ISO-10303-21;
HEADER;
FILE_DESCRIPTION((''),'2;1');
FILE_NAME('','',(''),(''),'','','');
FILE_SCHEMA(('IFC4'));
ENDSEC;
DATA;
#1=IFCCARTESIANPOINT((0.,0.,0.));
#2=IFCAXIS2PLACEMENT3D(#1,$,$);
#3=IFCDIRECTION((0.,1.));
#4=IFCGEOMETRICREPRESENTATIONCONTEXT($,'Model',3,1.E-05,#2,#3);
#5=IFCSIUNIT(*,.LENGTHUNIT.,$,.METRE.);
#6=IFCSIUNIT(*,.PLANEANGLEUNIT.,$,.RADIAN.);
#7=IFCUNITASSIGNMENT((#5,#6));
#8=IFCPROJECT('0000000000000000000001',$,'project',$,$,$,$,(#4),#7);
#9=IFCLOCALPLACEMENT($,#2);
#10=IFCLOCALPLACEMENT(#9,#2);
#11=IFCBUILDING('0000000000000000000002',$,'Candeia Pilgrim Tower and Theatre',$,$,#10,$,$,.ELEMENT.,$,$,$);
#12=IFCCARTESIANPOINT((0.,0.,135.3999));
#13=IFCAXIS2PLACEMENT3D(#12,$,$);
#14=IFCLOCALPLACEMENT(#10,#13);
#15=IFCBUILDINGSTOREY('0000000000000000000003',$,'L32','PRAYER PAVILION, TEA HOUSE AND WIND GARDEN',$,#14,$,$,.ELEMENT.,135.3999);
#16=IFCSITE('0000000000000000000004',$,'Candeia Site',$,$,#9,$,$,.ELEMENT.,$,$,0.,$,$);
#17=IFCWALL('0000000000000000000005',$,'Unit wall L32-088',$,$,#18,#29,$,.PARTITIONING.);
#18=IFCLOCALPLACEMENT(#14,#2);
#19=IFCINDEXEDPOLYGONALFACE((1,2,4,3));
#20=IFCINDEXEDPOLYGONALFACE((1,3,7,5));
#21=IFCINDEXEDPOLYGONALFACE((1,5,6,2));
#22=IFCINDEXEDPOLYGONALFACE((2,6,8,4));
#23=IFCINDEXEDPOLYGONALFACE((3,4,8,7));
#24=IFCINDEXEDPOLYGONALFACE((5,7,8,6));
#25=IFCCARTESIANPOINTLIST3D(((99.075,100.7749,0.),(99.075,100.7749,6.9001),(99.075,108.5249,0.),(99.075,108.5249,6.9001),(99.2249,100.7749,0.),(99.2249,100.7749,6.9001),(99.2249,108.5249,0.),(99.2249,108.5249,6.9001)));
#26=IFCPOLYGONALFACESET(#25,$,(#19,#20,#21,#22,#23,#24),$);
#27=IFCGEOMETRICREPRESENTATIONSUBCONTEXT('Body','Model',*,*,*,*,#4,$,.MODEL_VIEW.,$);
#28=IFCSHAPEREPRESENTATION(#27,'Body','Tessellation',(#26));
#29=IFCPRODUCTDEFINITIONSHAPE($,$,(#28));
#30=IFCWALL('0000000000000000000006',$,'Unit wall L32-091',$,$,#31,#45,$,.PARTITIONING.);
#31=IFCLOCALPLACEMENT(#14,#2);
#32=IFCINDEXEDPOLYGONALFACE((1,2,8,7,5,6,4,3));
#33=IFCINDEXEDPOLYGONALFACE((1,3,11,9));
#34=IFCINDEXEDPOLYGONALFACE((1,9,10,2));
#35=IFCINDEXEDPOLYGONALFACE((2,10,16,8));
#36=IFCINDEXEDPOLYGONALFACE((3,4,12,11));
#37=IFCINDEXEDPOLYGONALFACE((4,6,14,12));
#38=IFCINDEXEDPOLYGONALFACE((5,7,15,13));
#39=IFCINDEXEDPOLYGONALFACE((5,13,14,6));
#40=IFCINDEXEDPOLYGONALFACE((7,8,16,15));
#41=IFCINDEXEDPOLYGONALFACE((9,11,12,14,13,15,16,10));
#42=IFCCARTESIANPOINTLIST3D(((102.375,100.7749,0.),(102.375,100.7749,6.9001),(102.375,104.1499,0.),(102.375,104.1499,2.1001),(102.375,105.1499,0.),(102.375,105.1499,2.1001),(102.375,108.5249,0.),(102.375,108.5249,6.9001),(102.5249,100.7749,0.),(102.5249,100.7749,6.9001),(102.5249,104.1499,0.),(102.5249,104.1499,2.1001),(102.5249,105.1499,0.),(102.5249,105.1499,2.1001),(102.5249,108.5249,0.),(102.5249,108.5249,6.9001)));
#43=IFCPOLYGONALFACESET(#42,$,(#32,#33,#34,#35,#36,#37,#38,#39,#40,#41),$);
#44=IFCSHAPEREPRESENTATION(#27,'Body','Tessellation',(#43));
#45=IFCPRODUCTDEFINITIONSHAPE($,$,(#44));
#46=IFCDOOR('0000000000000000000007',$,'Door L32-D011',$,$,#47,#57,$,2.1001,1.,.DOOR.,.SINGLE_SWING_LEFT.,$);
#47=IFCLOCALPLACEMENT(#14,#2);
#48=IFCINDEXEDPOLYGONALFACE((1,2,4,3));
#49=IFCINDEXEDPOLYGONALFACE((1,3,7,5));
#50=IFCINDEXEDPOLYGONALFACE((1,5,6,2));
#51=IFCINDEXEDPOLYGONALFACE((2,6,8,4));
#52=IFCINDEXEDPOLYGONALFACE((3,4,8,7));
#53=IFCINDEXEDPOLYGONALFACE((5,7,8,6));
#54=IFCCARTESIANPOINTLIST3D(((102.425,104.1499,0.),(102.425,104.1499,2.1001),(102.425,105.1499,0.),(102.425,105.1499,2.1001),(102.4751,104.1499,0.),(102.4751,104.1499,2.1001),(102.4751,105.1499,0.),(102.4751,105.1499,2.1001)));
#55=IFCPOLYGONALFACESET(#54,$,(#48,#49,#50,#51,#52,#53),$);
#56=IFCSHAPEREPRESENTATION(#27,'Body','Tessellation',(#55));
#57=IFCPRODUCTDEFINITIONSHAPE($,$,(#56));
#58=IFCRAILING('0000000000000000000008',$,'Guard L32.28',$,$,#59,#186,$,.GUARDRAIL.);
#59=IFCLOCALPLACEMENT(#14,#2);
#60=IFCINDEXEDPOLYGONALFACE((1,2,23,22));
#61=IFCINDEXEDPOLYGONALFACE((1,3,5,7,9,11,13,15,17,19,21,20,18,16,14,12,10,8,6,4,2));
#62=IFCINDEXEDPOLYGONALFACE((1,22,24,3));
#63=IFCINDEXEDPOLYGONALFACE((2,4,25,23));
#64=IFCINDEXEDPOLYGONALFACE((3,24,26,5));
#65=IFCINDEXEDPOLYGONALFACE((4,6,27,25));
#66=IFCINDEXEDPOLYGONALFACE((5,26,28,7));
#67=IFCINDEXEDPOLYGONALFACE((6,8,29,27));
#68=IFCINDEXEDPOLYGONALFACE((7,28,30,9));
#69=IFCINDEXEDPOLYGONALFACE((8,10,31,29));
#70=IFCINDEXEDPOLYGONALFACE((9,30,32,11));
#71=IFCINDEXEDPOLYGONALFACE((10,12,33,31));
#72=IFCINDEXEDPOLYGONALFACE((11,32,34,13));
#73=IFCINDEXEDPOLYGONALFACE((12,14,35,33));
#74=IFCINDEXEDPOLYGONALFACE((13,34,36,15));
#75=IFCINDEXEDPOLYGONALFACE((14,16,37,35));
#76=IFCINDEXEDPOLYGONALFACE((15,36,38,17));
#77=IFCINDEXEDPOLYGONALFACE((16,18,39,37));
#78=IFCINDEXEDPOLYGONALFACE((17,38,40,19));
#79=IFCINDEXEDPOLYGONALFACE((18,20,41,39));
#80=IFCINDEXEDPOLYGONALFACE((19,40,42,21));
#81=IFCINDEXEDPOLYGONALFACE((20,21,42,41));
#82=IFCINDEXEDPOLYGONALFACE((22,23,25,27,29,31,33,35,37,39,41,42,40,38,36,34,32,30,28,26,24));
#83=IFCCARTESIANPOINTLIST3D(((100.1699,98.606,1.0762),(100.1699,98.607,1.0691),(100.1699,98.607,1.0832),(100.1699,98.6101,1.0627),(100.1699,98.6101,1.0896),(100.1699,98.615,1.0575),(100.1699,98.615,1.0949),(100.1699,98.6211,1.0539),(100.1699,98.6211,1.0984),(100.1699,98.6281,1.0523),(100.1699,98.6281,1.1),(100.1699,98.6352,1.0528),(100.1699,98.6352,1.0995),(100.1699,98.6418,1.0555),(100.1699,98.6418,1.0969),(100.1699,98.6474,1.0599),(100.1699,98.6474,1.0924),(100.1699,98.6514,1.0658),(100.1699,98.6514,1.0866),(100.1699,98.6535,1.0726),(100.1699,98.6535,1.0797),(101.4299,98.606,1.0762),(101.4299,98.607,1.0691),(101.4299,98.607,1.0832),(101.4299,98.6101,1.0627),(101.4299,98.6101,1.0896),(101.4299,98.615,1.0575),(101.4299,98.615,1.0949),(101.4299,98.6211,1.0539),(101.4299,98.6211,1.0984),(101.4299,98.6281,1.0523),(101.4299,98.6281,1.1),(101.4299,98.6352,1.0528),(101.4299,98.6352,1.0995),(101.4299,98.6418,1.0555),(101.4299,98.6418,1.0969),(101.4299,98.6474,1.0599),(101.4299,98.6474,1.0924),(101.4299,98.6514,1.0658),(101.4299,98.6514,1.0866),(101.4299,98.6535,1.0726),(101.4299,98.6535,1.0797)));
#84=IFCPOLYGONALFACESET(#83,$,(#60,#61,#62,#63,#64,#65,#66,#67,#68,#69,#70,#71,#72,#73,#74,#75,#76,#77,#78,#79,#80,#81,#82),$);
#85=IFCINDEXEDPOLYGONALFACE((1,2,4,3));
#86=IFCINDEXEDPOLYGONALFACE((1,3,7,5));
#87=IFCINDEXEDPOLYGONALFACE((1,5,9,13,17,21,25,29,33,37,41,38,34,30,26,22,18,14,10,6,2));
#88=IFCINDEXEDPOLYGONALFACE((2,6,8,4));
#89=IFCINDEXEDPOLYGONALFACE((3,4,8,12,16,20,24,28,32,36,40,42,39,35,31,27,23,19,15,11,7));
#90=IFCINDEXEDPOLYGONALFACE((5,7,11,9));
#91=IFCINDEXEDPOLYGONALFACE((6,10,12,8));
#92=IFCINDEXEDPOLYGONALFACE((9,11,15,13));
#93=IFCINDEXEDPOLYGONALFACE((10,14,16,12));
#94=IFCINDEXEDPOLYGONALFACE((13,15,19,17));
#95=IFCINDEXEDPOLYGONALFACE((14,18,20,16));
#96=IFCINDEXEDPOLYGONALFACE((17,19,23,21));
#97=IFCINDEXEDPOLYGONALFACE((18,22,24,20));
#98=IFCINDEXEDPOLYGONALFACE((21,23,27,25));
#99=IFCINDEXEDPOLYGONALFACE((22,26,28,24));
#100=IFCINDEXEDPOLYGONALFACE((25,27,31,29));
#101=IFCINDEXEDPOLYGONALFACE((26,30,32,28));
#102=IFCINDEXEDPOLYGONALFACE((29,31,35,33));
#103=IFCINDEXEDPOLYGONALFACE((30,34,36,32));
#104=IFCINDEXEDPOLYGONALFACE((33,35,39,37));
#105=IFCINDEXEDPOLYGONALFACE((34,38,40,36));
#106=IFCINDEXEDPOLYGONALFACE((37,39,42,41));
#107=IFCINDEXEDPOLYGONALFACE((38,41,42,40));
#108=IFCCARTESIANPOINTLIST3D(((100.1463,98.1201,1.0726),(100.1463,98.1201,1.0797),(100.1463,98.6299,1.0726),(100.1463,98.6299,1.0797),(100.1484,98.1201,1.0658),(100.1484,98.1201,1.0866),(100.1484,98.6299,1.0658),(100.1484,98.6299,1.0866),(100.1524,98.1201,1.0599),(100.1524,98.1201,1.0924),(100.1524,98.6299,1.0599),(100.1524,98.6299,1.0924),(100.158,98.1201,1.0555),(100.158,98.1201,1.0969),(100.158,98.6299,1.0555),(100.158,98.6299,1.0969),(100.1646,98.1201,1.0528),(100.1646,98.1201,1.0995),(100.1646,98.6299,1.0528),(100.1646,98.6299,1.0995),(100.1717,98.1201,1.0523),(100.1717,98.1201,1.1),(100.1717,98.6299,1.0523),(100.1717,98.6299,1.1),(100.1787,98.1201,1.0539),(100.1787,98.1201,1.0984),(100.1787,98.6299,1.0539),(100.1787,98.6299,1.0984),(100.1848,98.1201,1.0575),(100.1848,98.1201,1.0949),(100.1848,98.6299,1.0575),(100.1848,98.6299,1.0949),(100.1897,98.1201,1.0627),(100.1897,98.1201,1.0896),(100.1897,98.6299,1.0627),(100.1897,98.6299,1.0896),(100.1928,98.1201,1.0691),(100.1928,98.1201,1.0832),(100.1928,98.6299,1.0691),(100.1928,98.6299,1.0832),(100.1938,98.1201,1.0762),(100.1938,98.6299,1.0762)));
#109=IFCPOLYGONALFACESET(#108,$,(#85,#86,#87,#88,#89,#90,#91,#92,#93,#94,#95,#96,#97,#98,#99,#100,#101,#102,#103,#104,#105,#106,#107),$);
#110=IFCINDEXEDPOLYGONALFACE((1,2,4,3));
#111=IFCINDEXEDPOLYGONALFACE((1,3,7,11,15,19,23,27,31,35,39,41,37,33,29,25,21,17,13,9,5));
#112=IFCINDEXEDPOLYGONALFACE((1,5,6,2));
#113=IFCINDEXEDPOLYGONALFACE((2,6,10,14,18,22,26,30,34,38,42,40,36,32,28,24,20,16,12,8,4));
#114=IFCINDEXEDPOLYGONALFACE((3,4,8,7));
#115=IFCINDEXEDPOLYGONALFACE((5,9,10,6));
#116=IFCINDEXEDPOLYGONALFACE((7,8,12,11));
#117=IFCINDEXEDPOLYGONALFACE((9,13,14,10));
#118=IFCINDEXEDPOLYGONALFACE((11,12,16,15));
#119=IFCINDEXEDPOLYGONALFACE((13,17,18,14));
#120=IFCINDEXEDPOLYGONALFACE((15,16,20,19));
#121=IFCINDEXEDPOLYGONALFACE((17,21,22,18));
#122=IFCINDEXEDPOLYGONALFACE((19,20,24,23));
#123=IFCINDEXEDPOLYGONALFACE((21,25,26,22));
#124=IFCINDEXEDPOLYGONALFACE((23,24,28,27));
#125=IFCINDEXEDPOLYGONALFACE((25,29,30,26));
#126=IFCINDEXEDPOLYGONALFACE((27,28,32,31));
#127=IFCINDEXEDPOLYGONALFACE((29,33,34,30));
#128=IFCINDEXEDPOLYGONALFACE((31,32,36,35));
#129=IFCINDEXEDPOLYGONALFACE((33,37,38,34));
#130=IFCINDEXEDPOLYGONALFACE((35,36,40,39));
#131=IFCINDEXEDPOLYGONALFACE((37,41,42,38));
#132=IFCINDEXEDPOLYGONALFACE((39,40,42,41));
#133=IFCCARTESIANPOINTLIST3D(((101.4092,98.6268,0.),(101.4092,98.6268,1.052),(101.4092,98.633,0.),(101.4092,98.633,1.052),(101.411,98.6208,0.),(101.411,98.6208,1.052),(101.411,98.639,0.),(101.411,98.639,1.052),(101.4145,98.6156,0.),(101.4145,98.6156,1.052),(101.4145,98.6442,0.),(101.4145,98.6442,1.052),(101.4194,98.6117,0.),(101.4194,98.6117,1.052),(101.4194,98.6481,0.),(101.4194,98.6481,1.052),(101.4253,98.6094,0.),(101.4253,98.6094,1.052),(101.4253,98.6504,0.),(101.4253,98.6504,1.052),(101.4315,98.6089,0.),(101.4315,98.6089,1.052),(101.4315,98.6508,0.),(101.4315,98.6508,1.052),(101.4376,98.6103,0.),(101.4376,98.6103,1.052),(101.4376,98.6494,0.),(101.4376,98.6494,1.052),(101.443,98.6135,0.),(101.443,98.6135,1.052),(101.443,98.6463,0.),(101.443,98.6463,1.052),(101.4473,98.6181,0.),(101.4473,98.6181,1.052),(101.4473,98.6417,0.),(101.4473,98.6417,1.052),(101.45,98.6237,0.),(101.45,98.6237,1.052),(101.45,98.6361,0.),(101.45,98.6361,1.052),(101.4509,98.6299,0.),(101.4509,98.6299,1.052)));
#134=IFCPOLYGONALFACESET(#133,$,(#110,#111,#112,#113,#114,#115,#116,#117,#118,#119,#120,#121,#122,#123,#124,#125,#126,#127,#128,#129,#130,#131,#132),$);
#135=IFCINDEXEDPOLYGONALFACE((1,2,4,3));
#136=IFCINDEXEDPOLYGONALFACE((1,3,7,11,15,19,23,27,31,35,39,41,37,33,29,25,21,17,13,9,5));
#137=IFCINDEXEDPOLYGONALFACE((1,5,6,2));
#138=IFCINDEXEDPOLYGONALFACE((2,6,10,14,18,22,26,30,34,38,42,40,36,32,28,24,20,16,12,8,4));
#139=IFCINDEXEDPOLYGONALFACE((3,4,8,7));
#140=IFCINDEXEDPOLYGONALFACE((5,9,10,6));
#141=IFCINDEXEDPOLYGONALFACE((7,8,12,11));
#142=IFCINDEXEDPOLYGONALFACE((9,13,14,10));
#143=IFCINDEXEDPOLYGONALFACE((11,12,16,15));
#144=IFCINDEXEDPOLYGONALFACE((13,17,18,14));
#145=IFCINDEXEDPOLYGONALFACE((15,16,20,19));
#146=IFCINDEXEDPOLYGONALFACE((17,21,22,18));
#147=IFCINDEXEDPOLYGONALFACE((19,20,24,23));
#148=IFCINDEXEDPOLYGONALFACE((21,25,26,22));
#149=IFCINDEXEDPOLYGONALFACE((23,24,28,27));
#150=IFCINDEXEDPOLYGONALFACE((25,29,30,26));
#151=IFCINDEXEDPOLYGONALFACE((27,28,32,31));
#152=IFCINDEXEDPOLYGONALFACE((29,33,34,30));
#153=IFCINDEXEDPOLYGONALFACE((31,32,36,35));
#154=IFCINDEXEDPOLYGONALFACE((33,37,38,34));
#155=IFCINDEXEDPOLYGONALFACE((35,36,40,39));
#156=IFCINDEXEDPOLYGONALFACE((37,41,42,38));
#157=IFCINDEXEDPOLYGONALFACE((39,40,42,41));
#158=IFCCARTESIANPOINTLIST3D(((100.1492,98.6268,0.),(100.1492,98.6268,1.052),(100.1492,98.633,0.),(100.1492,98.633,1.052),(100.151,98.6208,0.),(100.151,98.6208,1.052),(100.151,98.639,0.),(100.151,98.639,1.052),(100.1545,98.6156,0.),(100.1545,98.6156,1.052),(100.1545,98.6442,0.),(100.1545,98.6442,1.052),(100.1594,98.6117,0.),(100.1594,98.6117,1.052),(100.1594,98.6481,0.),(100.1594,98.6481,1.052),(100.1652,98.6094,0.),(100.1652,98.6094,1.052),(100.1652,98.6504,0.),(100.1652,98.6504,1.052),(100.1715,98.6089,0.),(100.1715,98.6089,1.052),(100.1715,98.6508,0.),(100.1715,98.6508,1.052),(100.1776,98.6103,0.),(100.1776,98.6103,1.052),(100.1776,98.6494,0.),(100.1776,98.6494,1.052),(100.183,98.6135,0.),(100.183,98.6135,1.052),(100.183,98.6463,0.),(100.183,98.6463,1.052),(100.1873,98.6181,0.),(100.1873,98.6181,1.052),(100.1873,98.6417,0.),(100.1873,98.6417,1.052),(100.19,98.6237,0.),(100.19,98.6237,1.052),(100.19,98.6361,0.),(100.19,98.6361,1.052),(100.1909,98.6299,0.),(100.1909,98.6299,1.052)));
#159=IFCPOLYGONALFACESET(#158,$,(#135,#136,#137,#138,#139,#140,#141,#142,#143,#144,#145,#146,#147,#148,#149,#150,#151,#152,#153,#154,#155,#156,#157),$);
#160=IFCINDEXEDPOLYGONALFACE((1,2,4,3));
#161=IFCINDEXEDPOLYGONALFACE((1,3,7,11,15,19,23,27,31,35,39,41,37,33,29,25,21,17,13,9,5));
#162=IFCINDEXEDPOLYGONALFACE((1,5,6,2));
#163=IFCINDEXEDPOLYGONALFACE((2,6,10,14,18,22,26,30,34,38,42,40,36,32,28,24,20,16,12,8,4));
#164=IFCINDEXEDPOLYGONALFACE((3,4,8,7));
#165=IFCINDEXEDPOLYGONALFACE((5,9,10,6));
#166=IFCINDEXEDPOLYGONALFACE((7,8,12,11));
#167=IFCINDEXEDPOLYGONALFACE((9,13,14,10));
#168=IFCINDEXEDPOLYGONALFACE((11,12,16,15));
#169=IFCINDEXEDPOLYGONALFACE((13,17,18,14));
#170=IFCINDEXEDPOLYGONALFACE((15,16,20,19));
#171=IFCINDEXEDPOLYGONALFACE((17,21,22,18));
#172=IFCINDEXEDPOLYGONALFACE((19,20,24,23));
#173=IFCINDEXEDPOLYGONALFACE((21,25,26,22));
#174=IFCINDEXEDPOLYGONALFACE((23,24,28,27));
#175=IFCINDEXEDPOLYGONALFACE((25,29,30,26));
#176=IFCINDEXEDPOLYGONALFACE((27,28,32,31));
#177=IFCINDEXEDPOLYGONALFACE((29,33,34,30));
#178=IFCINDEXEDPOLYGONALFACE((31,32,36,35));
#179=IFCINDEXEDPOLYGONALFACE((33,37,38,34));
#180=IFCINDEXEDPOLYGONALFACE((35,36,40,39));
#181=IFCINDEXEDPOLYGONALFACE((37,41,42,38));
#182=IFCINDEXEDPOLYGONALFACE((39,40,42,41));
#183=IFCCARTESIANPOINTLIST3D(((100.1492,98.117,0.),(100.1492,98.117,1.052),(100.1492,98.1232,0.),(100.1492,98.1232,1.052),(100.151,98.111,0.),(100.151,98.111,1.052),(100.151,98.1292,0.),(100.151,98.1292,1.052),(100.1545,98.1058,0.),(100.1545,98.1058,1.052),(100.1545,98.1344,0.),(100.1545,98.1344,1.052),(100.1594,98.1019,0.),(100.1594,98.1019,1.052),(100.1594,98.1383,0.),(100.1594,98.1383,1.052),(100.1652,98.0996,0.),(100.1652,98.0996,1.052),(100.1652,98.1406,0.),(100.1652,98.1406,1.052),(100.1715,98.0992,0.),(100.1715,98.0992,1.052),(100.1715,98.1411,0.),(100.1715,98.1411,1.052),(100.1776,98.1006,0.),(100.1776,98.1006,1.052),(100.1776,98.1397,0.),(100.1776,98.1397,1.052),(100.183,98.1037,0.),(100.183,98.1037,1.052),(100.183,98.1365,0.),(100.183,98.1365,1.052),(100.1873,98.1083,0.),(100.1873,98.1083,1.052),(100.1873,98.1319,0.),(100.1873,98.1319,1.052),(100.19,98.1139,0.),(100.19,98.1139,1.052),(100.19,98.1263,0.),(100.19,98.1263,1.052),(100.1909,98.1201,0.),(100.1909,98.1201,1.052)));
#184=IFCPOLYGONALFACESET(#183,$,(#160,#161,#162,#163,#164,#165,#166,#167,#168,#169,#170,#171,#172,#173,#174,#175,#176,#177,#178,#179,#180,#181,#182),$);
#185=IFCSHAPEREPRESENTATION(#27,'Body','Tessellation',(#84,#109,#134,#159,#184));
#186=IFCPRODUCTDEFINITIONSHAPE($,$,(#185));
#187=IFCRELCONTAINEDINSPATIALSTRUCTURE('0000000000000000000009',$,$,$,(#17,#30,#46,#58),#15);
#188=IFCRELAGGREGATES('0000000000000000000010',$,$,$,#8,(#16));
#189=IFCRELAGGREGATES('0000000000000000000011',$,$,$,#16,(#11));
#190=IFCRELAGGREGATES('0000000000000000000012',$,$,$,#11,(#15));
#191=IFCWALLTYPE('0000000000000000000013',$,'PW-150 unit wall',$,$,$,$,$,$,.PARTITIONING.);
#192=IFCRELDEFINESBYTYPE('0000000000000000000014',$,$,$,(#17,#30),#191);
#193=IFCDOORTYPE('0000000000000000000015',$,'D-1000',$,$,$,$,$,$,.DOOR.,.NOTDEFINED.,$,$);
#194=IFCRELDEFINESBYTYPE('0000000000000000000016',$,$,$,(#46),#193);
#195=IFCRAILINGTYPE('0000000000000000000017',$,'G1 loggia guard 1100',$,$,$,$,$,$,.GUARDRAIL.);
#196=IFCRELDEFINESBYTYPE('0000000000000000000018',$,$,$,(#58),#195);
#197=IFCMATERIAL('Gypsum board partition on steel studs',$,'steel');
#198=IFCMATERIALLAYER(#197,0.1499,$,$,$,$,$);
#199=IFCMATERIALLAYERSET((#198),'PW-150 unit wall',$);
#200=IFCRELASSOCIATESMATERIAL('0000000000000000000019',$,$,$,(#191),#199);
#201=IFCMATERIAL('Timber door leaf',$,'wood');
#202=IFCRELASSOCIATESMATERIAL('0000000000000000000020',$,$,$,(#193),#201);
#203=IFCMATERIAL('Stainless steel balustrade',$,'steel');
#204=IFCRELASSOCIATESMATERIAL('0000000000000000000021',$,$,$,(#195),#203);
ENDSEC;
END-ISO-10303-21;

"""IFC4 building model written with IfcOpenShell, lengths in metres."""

from ifc_helpers import new_model, si_unit, direction, frame, frame_2d, origin, origin_2d, place, context, subcontext, project, spatial, rectangle, circle, extrude, material, layer, layer_set, type_object, element, fill, save


model = new_model("IFC4")

# Units and contexts
model_context = context("Model", 3, precision=1e-05, world=origin(), true_north=direction((0.0, 1.0)))
body_context = subcontext(model_context, "Body", "Model", "MODEL_VIEW")
ifc_project = project(units=[si_unit("LENGTHUNIT", "METRE"), si_unit("PLANEANGLEUNIT", "RADIAN")], contexts=[model_context])

# Site, building, storey
site_placement = place(None, origin())
site = spatial("IfcSite", under=ifc_project, at=site_placement, Name="Candeia Site", CompositionType="ELEMENT", RefElevation=0.0)
building_placement = place(site_placement, origin())
building = spatial("IfcBuilding", under=site, at=building_placement, Name="Candeia Pilgrim Tower and Theatre", CompositionType="ELEMENT")
storey_placement = place(building_placement, frame((0.0, 0.0, 135.3999)))
storey = spatial("IfcBuildingStorey", under=building, at=storey_placement, Name="L32", Description="PRAYER PAVILION, TEA HOUSE AND WIND GARDEN", CompositionType="ELEMENT", Elevation=135.3999)

# Shared definitions
ifc_material_1 = material(Name="Gypsum board partition on steel studs", Category="steel")
ifc_layer = layer(ifc_material_1, 0.1499)
ifc_layer_set = layer_set([ifc_layer], Name="PW-150 unit wall")
wall_type = type_object("IfcWallType", Name="PW-150 unit wall", PredefinedType="PARTITIONING", material=ifc_layer_set)

# Shared definitions
ifc_material_2 = material(Name="Timber door leaf", Category="wood")
door_type = type_object("IfcDoorType", Name="D-1000", OperationType="NOTDEFINED", PredefinedType="DOOR", material=ifc_material_2)

# Wall
wall_1_placement = place(storey_placement, frame((99.1499, 100.7749, 0.0), z_axis=(0.0, 0.0, 1.0), x_axis=(0.0, 1.0, 0.0)))
element("IfcWall", 1, at=wall_1_placement, inside=storey, type_object=wall_type, Name="Unit wall L32-088", PredefinedType="PARTITIONING", context=body_context, shape_type="SweptSolid", body=[
    extrude(rectangle(XDim=7.75, YDim=0.1499, at=frame_2d((3.875, 0.0))), origin(), (0.0, 0.0, 1.0), 6.9001),
])

# Wall, opening, door
wall_2_placement = place(storey_placement, frame((102.45, 100.7749, 0.0), z_axis=(0.0, 0.0, 1.0), x_axis=(0.0, 1.0, 0.0)))
wall_2 = element("IfcWall", 2, at=wall_2_placement, inside=storey, type_object=wall_type, Name="Unit wall L32-091", PredefinedType="PARTITIONING", context=body_context, shape_type="SweptSolid", body=[
    extrude(rectangle(XDim=7.75, YDim=0.1499, at=frame_2d((3.875, 0.0))), origin(), (0.0, 0.0, 1.0), 6.9001),
])
opening_1_placement = place(wall_2_placement, frame((3.375, 0.0, 0.0)))
opening_1 = element("IfcOpeningElement", 3, at=opening_1_placement, cuts=wall_2, PredefinedType="OPENING", context=body_context, shape_type="SweptSolid", body=[
    extrude(rectangle(XDim=1.0, YDim=2.1001, at=frame_2d((0.5, 1.05))), frame((0.0, 0.085, 0.0), z_axis=(0.0, -1.0, 0.0), x_axis=(1.0, 0.0, 0.0)), (0.0, 0.0, 1.0), 0.1699),
])
door_1_placement = place(opening_1_placement, origin())
door_1 = element("IfcDoor", 4, at=door_1_placement, inside=storey, type_object=door_type, Name="Door L32-D011", OperationType="SINGLE_SWING_LEFT", OverallHeight=2.1001, OverallWidth=1.0, PredefinedType="DOOR", context=body_context, shape_type="SweptSolid", body=[
    extrude(rectangle(XDim=1.0, YDim=2.1001, at=frame_2d((0.5, 1.05))), frame((0.0, 0.0249, 0.0), z_axis=(0.0, -1.0, 0.0), x_axis=(1.0, 0.0, 0.0)), (0.0, 0.0, 1.0), 0.05),
])
fill(opening_1, door_1)

# Railing
ifc_material_3 = material(Name="Stainless steel balustrade", Category="steel")
railing_type = type_object("IfcRailingType", Name="G1 loggia guard 1100", PredefinedType="GUARDRAIL", material=ifc_material_3)
railing_1_placement = place(storey_placement, frame((101.4299, 98.6299, 0.0)))
element("IfcRailing", 5, at=railing_1_placement, inside=storey, type_object=railing_type, Name="Guard L32.28", PredefinedType="GUARDRAIL", context=body_context, shape_type="SweptSolid", body=[
    extrude(circle(Radius=0.0239, at=origin_2d()), frame((0.0, 0.0, 1.0762), z_axis=(-1.0, 0.0, 0.0), x_axis=(0.0, -1.0, 0.0)), (0.0, 0.0, 1.0), 1.26),
    extrude(circle(Radius=0.0239, at=origin_2d()), frame((-1.26, 0.0, 1.0762), z_axis=(0.0, -1.0, 0.0), x_axis=(1.0, 0.0, 0.0)), (0.0, 0.0, 1.0), 0.5098),
    extrude(circle(Radius=0.021, at=origin_2d()), origin(), (0.0, 0.0, 1.0), 1.052),
    extrude(circle(Radius=0.021, at=origin_2d()), frame((-1.26, 0.0, 0.0)), (0.0, 0.0, 1.0), 1.052),
    extrude(circle(Radius=0.021, at=origin_2d()), frame((-1.26, -0.5098, 0.0)), (0.0, 0.0, 1.0), 1.052),
])

save(model, "model.ifc")
